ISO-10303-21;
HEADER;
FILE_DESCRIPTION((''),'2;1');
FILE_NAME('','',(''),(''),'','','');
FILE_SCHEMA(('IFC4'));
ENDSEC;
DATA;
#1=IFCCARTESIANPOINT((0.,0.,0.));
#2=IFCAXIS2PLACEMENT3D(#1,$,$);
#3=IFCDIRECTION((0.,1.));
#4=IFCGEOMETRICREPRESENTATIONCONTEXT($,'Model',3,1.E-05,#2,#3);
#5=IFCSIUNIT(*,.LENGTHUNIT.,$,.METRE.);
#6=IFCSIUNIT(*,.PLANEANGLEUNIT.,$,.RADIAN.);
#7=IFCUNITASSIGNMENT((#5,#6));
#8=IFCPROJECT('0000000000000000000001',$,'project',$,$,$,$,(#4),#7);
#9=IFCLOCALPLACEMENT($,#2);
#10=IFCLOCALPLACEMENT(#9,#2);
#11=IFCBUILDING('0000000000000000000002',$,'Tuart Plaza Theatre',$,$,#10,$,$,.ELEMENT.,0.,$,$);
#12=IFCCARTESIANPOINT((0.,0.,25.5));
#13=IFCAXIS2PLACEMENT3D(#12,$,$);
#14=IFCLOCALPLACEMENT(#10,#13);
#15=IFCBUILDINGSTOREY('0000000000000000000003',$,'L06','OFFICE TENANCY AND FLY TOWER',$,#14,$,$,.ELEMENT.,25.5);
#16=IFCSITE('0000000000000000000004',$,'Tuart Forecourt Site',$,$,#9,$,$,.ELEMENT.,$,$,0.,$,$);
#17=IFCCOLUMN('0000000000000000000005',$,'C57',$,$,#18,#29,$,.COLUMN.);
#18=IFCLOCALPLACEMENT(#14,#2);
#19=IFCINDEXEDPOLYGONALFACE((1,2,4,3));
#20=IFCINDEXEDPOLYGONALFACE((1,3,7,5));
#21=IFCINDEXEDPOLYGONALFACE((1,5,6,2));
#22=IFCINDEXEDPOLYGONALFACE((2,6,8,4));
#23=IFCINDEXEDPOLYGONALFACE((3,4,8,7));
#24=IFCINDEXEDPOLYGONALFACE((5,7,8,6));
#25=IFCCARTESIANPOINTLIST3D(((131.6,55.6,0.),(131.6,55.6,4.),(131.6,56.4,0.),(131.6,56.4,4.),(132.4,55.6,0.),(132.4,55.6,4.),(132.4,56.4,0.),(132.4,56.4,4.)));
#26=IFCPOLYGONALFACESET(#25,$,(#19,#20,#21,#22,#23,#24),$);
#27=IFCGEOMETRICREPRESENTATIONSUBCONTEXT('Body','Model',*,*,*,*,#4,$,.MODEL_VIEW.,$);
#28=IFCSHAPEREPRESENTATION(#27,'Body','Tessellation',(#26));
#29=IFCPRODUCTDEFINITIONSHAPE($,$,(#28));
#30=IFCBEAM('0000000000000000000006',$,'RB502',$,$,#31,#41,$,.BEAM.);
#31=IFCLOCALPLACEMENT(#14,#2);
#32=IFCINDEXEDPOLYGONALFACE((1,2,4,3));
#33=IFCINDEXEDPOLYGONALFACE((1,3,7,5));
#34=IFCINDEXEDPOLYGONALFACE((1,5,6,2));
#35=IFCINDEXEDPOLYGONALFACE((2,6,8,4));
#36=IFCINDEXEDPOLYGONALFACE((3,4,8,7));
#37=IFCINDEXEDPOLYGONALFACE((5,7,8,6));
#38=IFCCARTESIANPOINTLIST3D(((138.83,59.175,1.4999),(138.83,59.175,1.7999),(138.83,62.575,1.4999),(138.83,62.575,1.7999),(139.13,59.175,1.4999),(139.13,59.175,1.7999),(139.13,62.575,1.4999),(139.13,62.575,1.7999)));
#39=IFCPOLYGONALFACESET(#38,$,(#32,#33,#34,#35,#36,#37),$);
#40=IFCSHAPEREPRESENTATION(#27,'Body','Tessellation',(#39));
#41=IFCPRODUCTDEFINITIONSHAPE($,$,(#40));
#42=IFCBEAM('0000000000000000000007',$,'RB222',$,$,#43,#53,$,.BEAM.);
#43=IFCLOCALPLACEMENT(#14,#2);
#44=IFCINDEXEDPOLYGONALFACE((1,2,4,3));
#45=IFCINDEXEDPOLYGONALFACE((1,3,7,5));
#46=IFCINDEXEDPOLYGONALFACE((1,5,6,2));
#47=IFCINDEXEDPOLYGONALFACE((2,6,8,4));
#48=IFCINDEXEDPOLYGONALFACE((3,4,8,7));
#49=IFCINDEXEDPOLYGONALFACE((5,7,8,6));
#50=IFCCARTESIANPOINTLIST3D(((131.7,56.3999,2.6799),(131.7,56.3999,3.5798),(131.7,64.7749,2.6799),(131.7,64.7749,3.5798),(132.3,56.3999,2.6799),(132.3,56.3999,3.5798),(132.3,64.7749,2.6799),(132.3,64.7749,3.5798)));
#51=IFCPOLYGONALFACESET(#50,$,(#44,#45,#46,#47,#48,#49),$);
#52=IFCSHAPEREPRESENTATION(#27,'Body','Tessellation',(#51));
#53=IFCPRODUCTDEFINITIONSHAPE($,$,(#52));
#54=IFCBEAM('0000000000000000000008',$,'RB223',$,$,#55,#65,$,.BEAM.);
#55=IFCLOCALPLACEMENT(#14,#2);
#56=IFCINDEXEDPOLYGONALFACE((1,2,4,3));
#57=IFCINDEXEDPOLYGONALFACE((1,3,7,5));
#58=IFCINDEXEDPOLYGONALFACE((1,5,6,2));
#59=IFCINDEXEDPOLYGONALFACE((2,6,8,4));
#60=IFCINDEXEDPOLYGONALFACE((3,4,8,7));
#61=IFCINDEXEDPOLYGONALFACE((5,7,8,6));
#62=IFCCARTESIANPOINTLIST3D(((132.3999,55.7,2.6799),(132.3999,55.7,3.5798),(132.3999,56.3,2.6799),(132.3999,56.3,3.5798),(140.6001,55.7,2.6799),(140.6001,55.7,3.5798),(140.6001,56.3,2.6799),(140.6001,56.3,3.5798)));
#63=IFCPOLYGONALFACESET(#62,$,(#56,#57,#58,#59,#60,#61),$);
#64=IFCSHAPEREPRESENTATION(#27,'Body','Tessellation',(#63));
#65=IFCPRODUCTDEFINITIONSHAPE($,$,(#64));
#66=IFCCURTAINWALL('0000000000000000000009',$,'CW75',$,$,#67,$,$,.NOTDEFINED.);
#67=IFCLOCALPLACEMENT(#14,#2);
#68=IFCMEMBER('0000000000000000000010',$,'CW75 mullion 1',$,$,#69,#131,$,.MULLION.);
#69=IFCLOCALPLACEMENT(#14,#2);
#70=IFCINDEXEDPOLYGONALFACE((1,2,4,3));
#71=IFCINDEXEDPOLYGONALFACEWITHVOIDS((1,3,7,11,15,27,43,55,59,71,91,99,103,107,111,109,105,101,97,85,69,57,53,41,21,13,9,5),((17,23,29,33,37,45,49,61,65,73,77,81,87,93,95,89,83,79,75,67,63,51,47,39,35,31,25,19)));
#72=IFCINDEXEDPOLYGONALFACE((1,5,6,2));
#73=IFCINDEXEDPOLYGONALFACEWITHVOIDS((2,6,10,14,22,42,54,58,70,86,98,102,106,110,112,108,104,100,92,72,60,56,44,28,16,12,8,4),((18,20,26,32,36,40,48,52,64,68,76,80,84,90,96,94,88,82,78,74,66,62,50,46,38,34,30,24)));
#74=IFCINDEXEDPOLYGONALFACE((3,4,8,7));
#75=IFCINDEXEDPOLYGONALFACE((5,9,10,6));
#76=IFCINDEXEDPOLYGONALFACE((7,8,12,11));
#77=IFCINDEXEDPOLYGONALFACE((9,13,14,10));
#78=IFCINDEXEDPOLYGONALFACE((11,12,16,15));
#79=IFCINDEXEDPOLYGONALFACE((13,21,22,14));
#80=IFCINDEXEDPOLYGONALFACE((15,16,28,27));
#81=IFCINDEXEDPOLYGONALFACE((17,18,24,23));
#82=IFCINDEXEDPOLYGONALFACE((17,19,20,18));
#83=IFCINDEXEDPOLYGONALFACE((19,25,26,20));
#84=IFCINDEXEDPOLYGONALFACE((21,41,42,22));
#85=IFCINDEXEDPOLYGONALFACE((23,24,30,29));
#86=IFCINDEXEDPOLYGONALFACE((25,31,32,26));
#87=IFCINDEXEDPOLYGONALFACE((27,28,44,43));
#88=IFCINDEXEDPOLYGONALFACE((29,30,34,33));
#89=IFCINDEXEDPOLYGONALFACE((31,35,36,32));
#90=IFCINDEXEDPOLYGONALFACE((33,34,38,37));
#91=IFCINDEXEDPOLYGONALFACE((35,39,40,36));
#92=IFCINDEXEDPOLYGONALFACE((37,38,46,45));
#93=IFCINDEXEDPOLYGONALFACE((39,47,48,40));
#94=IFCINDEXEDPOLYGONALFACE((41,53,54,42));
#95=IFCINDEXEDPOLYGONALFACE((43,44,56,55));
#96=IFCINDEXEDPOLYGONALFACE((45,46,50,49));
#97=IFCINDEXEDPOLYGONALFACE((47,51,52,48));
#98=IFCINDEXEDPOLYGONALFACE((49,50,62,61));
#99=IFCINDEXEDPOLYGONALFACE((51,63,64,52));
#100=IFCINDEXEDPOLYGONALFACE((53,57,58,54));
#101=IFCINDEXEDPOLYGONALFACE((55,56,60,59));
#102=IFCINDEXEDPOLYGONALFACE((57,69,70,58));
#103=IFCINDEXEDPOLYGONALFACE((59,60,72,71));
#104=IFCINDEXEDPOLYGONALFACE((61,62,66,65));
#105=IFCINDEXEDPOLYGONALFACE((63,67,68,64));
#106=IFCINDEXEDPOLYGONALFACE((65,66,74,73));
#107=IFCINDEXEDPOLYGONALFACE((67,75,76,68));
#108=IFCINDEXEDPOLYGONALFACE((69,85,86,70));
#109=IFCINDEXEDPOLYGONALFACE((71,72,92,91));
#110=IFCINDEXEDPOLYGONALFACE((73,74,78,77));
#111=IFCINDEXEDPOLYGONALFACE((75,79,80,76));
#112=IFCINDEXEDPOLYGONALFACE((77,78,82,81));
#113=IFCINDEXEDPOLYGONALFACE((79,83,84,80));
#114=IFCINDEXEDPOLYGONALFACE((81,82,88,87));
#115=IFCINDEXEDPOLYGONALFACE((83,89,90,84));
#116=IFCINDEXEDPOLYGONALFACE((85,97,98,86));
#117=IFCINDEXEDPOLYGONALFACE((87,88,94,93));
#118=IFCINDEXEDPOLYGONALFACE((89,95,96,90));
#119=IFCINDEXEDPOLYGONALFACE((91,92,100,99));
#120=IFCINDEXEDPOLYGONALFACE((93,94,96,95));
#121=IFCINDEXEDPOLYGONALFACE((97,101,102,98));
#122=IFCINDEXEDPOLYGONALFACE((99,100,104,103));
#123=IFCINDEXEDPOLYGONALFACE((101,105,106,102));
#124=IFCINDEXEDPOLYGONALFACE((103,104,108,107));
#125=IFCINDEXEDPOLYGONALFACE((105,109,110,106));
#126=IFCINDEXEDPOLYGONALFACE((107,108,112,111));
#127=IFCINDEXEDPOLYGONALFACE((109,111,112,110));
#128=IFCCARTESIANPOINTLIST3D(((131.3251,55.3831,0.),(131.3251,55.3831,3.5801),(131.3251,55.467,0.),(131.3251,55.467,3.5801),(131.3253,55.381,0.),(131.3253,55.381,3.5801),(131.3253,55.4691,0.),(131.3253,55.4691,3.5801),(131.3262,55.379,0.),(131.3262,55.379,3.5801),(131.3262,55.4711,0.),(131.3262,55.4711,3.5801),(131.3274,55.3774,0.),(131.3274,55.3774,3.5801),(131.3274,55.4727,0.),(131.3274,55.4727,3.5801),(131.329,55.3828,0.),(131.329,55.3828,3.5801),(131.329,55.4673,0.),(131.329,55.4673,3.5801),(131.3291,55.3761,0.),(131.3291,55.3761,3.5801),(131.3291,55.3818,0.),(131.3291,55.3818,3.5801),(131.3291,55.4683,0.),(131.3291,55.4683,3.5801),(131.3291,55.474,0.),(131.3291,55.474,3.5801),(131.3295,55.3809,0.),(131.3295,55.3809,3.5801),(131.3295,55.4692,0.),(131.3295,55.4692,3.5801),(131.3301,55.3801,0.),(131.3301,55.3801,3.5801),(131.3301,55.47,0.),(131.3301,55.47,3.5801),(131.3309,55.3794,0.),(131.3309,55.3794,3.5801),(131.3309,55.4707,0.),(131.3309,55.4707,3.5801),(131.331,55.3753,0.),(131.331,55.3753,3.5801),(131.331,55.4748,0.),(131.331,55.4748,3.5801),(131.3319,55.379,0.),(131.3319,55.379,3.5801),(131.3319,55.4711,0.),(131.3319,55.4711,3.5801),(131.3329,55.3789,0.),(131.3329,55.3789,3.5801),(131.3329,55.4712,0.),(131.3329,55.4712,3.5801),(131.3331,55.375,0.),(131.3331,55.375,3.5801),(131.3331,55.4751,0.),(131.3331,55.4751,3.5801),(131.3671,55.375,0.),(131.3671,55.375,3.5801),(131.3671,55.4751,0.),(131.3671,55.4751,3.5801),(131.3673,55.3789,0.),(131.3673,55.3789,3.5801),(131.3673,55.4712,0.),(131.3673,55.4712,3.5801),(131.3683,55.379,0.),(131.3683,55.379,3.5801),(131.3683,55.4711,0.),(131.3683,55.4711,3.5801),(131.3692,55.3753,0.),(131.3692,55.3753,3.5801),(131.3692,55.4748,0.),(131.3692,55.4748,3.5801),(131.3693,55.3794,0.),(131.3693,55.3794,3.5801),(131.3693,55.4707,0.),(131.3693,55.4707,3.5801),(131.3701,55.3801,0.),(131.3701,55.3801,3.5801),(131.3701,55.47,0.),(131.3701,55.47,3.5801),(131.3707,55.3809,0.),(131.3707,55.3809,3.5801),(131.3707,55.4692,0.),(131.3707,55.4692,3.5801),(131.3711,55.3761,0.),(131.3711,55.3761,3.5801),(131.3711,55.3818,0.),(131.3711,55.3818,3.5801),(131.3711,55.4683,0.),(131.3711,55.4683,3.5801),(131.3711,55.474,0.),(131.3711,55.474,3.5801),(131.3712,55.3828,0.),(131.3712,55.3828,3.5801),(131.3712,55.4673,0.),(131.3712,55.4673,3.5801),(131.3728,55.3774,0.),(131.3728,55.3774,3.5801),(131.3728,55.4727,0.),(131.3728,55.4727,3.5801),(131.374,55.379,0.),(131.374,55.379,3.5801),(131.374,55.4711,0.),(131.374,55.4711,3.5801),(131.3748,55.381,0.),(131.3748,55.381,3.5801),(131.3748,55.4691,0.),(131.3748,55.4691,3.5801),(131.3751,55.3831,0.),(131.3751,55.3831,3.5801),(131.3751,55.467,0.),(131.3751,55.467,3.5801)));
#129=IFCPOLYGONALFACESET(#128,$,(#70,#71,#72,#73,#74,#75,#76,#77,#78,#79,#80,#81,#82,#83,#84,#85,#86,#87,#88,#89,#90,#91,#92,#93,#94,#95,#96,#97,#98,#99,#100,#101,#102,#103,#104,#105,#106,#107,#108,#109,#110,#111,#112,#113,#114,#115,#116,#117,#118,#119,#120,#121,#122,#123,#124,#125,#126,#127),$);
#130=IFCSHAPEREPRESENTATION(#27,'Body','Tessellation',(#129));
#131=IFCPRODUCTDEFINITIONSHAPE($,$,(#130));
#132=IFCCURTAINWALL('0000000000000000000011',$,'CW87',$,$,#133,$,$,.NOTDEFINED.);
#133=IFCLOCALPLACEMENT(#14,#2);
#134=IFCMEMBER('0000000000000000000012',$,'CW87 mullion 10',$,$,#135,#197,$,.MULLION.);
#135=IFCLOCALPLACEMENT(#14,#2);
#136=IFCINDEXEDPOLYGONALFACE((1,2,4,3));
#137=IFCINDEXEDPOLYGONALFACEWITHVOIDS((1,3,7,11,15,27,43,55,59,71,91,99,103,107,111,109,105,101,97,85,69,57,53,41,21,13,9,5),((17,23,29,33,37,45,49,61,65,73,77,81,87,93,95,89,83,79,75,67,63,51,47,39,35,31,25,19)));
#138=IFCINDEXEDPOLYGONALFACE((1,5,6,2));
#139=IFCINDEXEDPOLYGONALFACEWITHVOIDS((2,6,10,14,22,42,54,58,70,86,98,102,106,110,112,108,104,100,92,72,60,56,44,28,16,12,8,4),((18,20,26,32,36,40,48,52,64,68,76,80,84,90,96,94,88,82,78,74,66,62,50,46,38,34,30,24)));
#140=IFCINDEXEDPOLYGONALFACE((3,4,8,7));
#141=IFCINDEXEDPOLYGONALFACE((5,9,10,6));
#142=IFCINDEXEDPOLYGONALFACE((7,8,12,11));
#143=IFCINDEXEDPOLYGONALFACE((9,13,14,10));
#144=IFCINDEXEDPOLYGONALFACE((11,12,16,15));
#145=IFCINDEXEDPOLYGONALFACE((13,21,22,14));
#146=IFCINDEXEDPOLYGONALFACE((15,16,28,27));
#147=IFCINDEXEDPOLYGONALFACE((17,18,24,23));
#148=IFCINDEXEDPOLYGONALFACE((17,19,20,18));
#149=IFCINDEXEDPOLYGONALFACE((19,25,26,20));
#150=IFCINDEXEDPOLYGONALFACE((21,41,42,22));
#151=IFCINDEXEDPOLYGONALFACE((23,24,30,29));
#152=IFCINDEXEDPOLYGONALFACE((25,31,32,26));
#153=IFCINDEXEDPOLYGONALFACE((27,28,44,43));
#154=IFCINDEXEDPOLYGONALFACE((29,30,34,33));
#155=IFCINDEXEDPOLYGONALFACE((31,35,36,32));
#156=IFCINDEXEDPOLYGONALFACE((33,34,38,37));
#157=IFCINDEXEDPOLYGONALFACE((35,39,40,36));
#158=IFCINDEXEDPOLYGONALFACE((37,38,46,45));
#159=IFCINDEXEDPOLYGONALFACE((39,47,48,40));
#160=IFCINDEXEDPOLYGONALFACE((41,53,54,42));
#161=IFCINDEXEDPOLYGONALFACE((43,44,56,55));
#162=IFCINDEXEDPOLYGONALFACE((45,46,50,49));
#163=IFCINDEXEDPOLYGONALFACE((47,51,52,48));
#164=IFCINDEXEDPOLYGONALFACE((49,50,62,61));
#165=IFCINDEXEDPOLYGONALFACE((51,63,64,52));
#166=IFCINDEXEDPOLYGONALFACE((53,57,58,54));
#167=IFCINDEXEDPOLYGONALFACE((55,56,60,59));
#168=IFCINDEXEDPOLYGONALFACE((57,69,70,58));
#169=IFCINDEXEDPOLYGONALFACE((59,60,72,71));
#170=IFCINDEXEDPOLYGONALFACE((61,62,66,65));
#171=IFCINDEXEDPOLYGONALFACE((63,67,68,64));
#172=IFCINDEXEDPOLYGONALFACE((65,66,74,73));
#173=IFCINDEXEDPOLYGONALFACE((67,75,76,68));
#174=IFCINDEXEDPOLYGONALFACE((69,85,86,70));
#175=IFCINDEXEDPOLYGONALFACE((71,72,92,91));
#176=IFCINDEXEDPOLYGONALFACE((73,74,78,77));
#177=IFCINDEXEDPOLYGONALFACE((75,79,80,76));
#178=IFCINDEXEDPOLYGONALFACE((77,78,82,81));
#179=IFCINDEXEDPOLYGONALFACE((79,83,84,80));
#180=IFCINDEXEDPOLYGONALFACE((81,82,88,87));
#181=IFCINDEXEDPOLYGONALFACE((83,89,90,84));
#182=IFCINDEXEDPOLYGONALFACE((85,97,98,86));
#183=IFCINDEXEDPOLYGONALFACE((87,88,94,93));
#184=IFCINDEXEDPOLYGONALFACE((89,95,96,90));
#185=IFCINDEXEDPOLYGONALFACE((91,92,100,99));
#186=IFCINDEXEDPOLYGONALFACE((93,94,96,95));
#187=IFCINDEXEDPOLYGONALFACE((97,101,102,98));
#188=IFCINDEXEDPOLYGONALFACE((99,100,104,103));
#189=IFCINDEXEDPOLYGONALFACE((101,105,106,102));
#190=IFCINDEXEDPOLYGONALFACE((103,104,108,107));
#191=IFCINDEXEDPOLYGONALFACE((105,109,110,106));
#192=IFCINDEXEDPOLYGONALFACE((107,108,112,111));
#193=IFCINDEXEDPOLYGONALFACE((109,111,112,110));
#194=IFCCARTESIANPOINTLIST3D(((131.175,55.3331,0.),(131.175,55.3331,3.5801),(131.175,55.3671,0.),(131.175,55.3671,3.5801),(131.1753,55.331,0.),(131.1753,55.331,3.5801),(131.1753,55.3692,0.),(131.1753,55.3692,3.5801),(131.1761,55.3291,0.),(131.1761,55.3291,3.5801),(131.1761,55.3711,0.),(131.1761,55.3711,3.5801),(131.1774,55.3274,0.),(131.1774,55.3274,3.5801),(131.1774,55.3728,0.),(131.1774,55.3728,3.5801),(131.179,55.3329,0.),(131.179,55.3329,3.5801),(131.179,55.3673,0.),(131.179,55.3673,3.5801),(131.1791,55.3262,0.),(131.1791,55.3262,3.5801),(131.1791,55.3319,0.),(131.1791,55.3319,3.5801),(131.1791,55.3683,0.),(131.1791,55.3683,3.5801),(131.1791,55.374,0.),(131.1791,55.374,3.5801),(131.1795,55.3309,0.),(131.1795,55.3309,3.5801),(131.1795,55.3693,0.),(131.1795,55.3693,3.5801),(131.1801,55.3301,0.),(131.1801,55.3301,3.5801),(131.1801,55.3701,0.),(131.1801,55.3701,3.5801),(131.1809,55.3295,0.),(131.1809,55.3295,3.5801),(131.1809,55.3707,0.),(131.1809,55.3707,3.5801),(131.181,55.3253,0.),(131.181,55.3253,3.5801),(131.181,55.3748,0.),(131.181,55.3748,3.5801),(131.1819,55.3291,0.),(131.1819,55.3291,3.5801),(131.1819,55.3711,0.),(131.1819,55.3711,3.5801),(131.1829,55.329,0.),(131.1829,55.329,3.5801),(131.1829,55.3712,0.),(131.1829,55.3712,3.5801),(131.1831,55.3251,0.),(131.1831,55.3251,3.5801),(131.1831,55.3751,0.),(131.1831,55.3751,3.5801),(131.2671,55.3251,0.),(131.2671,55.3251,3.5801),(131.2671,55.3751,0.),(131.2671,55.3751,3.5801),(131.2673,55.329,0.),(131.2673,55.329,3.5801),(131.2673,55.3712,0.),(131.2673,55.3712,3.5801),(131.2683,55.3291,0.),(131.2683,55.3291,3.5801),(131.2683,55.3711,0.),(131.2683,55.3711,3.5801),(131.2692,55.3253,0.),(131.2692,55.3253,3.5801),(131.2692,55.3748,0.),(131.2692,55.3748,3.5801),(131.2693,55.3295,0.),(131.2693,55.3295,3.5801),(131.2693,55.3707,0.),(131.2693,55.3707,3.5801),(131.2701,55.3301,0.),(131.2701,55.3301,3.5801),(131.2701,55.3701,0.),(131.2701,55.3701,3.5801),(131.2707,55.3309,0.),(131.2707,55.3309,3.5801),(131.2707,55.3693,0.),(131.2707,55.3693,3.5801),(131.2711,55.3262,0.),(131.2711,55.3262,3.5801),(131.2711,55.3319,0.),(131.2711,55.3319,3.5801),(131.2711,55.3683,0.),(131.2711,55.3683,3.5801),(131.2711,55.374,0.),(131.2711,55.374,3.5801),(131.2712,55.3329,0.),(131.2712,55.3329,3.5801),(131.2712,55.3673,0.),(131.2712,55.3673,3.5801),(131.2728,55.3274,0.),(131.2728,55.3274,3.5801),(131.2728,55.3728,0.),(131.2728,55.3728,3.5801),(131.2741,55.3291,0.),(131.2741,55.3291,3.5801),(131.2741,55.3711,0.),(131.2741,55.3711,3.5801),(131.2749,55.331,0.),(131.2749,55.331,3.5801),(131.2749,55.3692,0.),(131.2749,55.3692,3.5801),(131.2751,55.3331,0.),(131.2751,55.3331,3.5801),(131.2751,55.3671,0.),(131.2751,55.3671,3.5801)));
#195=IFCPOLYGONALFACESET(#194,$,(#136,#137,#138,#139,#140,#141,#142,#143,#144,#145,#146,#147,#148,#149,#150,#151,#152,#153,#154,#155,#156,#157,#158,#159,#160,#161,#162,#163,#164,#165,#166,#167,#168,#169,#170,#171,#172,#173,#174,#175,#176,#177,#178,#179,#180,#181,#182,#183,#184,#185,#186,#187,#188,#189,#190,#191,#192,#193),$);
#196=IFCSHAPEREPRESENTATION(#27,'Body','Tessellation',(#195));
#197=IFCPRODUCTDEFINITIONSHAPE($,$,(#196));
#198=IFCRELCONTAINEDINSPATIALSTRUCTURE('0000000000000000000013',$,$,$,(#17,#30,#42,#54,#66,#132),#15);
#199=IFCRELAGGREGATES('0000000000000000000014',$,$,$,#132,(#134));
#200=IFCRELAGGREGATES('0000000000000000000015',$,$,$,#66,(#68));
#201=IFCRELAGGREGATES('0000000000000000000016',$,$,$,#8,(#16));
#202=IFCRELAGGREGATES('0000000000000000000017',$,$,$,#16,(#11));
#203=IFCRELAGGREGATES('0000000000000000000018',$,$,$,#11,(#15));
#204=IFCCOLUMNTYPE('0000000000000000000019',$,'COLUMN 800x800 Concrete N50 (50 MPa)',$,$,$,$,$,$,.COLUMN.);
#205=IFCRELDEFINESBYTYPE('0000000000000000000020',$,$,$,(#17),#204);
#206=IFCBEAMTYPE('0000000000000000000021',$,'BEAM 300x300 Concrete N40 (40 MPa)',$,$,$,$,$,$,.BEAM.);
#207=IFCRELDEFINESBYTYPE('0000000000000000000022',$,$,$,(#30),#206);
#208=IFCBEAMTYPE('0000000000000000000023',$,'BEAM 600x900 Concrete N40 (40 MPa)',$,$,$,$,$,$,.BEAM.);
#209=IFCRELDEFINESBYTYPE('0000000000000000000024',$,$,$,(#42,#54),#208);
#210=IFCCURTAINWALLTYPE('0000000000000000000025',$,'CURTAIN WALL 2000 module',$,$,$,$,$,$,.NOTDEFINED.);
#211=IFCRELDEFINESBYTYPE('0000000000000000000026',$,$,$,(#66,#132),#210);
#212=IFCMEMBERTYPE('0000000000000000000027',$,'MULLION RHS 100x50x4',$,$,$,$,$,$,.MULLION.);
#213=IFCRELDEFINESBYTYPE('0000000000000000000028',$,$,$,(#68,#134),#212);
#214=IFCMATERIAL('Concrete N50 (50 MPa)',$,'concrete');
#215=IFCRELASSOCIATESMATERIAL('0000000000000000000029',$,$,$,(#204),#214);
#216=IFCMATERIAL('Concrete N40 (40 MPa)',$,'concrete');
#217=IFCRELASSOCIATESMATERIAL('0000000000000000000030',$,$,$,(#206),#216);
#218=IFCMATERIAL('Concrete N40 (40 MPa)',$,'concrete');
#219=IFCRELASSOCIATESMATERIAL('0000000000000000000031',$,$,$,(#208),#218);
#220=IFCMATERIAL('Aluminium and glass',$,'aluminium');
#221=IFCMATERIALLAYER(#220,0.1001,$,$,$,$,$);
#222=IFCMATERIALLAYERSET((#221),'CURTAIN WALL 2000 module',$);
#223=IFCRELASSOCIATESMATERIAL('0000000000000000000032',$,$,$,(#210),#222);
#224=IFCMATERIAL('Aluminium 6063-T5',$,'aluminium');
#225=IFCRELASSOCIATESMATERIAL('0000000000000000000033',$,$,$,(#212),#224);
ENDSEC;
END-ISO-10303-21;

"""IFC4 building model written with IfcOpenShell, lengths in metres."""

from ifc_helpers import new_model, si_unit, direction, frame, origin, origin_2d, place, context, subcontext, project, spatial, rectangle, hollow_rectangle, extrude, material, layer, layer_set, material_profile, profile_set, type_object, element, aggregate, save


model = new_model("IFC4")

# Units and contexts
model_context = context("Model", 3, precision=1e-05, world=origin(), true_north=direction((0.0, 1.0)))
body_context = subcontext(model_context, "Body", "Model", "MODEL_VIEW")
ifc_project = project(units=[si_unit("LENGTHUNIT", "METRE"), si_unit("PLANEANGLEUNIT", "RADIAN")], contexts=[model_context])

# Site, building, storey
site_placement = place(None, origin())
site = spatial("IfcSite", under=ifc_project, at=site_placement, Name="Tuart Forecourt Site", CompositionType="ELEMENT", RefElevation=0.0)
building_placement = place(site_placement, origin())
building = spatial("IfcBuilding", under=site, at=building_placement, Name="Tuart Plaza Theatre", CompositionType="ELEMENT", ElevationOfRefHeight=0.0)
storey_placement = place(building_placement, frame((0.0, 0.0, 25.5)))
storey = spatial("IfcBuildingStorey", under=building, at=storey_placement, Name="L06", Description="OFFICE TENANCY AND FLY TOWER", CompositionType="ELEMENT", Elevation=25.5)

# Column
ifc_material_1 = material(Name="Concrete N50 (50 MPa)", Category="concrete")
ifc_material_profile_1 = material_profile(ifc_material_1, rectangle(XDim=0.8, YDim=0.8, at=origin_2d()), Name="COLUMN 800x800 Concrete N50 (50 MPa)")
ifc_profile_set_1 = profile_set([ifc_material_profile_1], Name="Concrete N50 (50 MPa)")
column_type = type_object("IfcColumnType", Name="COLUMN 800x800 Concrete N50 (50 MPa)", PredefinedType="COLUMN", material=ifc_profile_set_1)
column_placement = place(storey_placement, frame((132.0, 56.0, 0.0), z_axis=(0.0, 0.0, 1.0), x_axis=(1.0, 0.0, 0.0)))
element("IfcColumn", 1, at=column_placement, inside=storey, type_object=column_type, Name="C57", PredefinedType="COLUMN", context=body_context, shape_type="SweptSolid", body=[
    extrude(rectangle(XDim=0.8, YDim=0.8, at=origin_2d()), origin(), (0.0, 0.0, 1.0), 4.0),
])

# Beams
ifc_material_2 = material(Name="Concrete N40 (40 MPa)", Category="concrete")
ifc_material_profile_2 = material_profile(ifc_material_2, rectangle(XDim=0.3, YDim=0.3, at=origin_2d()), Name="BEAM 300x300 Concrete N40 (40 MPa)")
ifc_profile_set_2 = profile_set([ifc_material_profile_2], Name="Concrete N40 (40 MPa)")
beam_type_1 = type_object("IfcBeamType", Name="BEAM 300x300 Concrete N40 (40 MPa)", PredefinedType="BEAM", material=ifc_profile_set_2)
beam_1_placement = place(storey_placement, frame((138.98, 59.175, 1.6499), z_axis=(0.0, 1.0, 0.0), x_axis=(-1.0, 0.0, 0.0)))
element("IfcBeam", 2, at=beam_1_placement, inside=storey, type_object=beam_type_1, Name="RB502", PredefinedType="BEAM", context=body_context, shape_type="SweptSolid", body=[
    extrude(rectangle(XDim=0.3, YDim=0.3, at=origin_2d()), origin(), (0.0, 0.0, 1.0), 3.3999),
])
ifc_material_3 = material(Name="Concrete N40 (40 MPa)", Category="concrete")
ifc_material_profile_3 = material_profile(ifc_material_3, rectangle(XDim=0.6001, YDim=0.8999, at=origin_2d()), Name="BEAM 600x900 Concrete N40 (40 MPa)")
ifc_profile_set_3 = profile_set([ifc_material_profile_3], Name="Concrete N40 (40 MPa)")
beam_type_2 = type_object("IfcBeamType", Name="BEAM 600x900 Concrete N40 (40 MPa)", PredefinedType="BEAM", material=ifc_profile_set_3)
beam_2_placement = place(storey_placement, frame((132.0, 56.3999, 3.1299), z_axis=(0.0, 1.0, 0.0), x_axis=(-1.0, 0.0, 0.0)))
element("IfcBeam", 3, at=beam_2_placement, inside=storey, type_object=beam_type_2, Name="RB222", PredefinedType="BEAM", context=body_context, shape_type="SweptSolid", body=[
    extrude(rectangle(XDim=0.6001, YDim=0.8999, at=origin_2d()), origin(), (0.0, 0.0, 1.0), 8.375),
])
beam_3_placement = place(storey_placement, frame((132.3999, 56.0, 3.1299), z_axis=(1.0, 0.0, 0.0), x_axis=(0.0, 1.0, 0.0)))
element("IfcBeam", 4, at=beam_3_placement, inside=storey, type_object=beam_type_2, Name="RB223", PredefinedType="BEAM", context=body_context, shape_type="SweptSolid", body=[
    extrude(rectangle(XDim=0.6001, YDim=0.8999, at=origin_2d()), origin(), (0.0, 0.0, 1.0), 8.2002),
])

# Curtain walls, members
ifc_material_4 = material(Name="Aluminium and glass", Category="aluminium")
ifc_layer_1 = layer(ifc_material_4, 0.1001)
ifc_layer_set_1 = layer_set([ifc_layer_1], Name="CURTAIN WALL 2000 module")
curtain_wall_type = type_object("IfcCurtainWallType", Name="CURTAIN WALL 2000 module", PredefinedType="NOTDEFINED", material=ifc_layer_set_1)
curtain_wall_1_placement = place(storey_placement, origin())
curtain_wall_1 = element("IfcCurtainWall", 5, at=curtain_wall_1_placement, inside=storey, type_object=curtain_wall_type, Name="CW75", PredefinedType="NOTDEFINED")
ifc_material_5 = material(Name="Aluminium 6063-T5", Category="aluminium")
ifc_material_profile_4 = material_profile(ifc_material_5, hollow_rectangle(XDim=0.05, YDim=0.1001, WallThickness=0.0039, InnerFilletRadius=0.0039, OuterFilletRadius=0.0081, at=origin_2d()), Name="RHS 100x50x4")
ifc_profile_set_4 = profile_set([ifc_material_profile_4], Name="Aluminium 6063-T5")
member_type_1 = type_object("IfcMemberType", Name="MULLION RHS 100x50x4", PredefinedType="MULLION", material=ifc_profile_set_4)
member_1_placement = place(storey_placement, frame((131.3501, 55.425, 0.0), z_axis=(0.0, 0.0, 1.0), x_axis=(1.0, 0.0, 0.0)))
member_1 = element("IfcMember", 6, at=member_1_placement, type_object=member_type_1, Name="CW75 mullion 1", PredefinedType="MULLION", context=body_context, shape_type="SweptSolid", body=[
    extrude(hollow_rectangle(XDim=0.05, YDim=0.1001, WallThickness=0.0039, InnerFilletRadius=0.0039, OuterFilletRadius=0.0081, at=origin_2d()), origin(), (0.0, 0.0, 1.0), 3.5801),
])
curtain_wall_2_placement = place(storey_placement, origin())
curtain_wall_2 = element("IfcCurtainWall", 7, at=curtain_wall_2_placement, inside=storey, type_object=curtain_wall_type, Name="CW87", PredefinedType="NOTDEFINED")
member_2_placement = place(storey_placement, frame((131.2251, 55.3501, 0.0), z_axis=(0.0, 0.0, 1.0), x_axis=(0.0, 1.0, 0.0)))
member_2 = element("IfcMember", 8, at=member_2_placement, type_object=member_type_1, Name="CW87 mullion 10", PredefinedType="MULLION", context=body_context, shape_type="SweptSolid", body=[
    extrude(hollow_rectangle(XDim=0.05, YDim=0.1001, WallThickness=0.0039, InnerFilletRadius=0.0039, OuterFilletRadius=0.0081, at=origin_2d()), origin(), (0.0, 0.0, 1.0), 3.5801),
])
aggregate(curtain_wall_2, [member_2])

aggregate(curtain_wall_1, [member_1])

save(model, "model.ifc")
